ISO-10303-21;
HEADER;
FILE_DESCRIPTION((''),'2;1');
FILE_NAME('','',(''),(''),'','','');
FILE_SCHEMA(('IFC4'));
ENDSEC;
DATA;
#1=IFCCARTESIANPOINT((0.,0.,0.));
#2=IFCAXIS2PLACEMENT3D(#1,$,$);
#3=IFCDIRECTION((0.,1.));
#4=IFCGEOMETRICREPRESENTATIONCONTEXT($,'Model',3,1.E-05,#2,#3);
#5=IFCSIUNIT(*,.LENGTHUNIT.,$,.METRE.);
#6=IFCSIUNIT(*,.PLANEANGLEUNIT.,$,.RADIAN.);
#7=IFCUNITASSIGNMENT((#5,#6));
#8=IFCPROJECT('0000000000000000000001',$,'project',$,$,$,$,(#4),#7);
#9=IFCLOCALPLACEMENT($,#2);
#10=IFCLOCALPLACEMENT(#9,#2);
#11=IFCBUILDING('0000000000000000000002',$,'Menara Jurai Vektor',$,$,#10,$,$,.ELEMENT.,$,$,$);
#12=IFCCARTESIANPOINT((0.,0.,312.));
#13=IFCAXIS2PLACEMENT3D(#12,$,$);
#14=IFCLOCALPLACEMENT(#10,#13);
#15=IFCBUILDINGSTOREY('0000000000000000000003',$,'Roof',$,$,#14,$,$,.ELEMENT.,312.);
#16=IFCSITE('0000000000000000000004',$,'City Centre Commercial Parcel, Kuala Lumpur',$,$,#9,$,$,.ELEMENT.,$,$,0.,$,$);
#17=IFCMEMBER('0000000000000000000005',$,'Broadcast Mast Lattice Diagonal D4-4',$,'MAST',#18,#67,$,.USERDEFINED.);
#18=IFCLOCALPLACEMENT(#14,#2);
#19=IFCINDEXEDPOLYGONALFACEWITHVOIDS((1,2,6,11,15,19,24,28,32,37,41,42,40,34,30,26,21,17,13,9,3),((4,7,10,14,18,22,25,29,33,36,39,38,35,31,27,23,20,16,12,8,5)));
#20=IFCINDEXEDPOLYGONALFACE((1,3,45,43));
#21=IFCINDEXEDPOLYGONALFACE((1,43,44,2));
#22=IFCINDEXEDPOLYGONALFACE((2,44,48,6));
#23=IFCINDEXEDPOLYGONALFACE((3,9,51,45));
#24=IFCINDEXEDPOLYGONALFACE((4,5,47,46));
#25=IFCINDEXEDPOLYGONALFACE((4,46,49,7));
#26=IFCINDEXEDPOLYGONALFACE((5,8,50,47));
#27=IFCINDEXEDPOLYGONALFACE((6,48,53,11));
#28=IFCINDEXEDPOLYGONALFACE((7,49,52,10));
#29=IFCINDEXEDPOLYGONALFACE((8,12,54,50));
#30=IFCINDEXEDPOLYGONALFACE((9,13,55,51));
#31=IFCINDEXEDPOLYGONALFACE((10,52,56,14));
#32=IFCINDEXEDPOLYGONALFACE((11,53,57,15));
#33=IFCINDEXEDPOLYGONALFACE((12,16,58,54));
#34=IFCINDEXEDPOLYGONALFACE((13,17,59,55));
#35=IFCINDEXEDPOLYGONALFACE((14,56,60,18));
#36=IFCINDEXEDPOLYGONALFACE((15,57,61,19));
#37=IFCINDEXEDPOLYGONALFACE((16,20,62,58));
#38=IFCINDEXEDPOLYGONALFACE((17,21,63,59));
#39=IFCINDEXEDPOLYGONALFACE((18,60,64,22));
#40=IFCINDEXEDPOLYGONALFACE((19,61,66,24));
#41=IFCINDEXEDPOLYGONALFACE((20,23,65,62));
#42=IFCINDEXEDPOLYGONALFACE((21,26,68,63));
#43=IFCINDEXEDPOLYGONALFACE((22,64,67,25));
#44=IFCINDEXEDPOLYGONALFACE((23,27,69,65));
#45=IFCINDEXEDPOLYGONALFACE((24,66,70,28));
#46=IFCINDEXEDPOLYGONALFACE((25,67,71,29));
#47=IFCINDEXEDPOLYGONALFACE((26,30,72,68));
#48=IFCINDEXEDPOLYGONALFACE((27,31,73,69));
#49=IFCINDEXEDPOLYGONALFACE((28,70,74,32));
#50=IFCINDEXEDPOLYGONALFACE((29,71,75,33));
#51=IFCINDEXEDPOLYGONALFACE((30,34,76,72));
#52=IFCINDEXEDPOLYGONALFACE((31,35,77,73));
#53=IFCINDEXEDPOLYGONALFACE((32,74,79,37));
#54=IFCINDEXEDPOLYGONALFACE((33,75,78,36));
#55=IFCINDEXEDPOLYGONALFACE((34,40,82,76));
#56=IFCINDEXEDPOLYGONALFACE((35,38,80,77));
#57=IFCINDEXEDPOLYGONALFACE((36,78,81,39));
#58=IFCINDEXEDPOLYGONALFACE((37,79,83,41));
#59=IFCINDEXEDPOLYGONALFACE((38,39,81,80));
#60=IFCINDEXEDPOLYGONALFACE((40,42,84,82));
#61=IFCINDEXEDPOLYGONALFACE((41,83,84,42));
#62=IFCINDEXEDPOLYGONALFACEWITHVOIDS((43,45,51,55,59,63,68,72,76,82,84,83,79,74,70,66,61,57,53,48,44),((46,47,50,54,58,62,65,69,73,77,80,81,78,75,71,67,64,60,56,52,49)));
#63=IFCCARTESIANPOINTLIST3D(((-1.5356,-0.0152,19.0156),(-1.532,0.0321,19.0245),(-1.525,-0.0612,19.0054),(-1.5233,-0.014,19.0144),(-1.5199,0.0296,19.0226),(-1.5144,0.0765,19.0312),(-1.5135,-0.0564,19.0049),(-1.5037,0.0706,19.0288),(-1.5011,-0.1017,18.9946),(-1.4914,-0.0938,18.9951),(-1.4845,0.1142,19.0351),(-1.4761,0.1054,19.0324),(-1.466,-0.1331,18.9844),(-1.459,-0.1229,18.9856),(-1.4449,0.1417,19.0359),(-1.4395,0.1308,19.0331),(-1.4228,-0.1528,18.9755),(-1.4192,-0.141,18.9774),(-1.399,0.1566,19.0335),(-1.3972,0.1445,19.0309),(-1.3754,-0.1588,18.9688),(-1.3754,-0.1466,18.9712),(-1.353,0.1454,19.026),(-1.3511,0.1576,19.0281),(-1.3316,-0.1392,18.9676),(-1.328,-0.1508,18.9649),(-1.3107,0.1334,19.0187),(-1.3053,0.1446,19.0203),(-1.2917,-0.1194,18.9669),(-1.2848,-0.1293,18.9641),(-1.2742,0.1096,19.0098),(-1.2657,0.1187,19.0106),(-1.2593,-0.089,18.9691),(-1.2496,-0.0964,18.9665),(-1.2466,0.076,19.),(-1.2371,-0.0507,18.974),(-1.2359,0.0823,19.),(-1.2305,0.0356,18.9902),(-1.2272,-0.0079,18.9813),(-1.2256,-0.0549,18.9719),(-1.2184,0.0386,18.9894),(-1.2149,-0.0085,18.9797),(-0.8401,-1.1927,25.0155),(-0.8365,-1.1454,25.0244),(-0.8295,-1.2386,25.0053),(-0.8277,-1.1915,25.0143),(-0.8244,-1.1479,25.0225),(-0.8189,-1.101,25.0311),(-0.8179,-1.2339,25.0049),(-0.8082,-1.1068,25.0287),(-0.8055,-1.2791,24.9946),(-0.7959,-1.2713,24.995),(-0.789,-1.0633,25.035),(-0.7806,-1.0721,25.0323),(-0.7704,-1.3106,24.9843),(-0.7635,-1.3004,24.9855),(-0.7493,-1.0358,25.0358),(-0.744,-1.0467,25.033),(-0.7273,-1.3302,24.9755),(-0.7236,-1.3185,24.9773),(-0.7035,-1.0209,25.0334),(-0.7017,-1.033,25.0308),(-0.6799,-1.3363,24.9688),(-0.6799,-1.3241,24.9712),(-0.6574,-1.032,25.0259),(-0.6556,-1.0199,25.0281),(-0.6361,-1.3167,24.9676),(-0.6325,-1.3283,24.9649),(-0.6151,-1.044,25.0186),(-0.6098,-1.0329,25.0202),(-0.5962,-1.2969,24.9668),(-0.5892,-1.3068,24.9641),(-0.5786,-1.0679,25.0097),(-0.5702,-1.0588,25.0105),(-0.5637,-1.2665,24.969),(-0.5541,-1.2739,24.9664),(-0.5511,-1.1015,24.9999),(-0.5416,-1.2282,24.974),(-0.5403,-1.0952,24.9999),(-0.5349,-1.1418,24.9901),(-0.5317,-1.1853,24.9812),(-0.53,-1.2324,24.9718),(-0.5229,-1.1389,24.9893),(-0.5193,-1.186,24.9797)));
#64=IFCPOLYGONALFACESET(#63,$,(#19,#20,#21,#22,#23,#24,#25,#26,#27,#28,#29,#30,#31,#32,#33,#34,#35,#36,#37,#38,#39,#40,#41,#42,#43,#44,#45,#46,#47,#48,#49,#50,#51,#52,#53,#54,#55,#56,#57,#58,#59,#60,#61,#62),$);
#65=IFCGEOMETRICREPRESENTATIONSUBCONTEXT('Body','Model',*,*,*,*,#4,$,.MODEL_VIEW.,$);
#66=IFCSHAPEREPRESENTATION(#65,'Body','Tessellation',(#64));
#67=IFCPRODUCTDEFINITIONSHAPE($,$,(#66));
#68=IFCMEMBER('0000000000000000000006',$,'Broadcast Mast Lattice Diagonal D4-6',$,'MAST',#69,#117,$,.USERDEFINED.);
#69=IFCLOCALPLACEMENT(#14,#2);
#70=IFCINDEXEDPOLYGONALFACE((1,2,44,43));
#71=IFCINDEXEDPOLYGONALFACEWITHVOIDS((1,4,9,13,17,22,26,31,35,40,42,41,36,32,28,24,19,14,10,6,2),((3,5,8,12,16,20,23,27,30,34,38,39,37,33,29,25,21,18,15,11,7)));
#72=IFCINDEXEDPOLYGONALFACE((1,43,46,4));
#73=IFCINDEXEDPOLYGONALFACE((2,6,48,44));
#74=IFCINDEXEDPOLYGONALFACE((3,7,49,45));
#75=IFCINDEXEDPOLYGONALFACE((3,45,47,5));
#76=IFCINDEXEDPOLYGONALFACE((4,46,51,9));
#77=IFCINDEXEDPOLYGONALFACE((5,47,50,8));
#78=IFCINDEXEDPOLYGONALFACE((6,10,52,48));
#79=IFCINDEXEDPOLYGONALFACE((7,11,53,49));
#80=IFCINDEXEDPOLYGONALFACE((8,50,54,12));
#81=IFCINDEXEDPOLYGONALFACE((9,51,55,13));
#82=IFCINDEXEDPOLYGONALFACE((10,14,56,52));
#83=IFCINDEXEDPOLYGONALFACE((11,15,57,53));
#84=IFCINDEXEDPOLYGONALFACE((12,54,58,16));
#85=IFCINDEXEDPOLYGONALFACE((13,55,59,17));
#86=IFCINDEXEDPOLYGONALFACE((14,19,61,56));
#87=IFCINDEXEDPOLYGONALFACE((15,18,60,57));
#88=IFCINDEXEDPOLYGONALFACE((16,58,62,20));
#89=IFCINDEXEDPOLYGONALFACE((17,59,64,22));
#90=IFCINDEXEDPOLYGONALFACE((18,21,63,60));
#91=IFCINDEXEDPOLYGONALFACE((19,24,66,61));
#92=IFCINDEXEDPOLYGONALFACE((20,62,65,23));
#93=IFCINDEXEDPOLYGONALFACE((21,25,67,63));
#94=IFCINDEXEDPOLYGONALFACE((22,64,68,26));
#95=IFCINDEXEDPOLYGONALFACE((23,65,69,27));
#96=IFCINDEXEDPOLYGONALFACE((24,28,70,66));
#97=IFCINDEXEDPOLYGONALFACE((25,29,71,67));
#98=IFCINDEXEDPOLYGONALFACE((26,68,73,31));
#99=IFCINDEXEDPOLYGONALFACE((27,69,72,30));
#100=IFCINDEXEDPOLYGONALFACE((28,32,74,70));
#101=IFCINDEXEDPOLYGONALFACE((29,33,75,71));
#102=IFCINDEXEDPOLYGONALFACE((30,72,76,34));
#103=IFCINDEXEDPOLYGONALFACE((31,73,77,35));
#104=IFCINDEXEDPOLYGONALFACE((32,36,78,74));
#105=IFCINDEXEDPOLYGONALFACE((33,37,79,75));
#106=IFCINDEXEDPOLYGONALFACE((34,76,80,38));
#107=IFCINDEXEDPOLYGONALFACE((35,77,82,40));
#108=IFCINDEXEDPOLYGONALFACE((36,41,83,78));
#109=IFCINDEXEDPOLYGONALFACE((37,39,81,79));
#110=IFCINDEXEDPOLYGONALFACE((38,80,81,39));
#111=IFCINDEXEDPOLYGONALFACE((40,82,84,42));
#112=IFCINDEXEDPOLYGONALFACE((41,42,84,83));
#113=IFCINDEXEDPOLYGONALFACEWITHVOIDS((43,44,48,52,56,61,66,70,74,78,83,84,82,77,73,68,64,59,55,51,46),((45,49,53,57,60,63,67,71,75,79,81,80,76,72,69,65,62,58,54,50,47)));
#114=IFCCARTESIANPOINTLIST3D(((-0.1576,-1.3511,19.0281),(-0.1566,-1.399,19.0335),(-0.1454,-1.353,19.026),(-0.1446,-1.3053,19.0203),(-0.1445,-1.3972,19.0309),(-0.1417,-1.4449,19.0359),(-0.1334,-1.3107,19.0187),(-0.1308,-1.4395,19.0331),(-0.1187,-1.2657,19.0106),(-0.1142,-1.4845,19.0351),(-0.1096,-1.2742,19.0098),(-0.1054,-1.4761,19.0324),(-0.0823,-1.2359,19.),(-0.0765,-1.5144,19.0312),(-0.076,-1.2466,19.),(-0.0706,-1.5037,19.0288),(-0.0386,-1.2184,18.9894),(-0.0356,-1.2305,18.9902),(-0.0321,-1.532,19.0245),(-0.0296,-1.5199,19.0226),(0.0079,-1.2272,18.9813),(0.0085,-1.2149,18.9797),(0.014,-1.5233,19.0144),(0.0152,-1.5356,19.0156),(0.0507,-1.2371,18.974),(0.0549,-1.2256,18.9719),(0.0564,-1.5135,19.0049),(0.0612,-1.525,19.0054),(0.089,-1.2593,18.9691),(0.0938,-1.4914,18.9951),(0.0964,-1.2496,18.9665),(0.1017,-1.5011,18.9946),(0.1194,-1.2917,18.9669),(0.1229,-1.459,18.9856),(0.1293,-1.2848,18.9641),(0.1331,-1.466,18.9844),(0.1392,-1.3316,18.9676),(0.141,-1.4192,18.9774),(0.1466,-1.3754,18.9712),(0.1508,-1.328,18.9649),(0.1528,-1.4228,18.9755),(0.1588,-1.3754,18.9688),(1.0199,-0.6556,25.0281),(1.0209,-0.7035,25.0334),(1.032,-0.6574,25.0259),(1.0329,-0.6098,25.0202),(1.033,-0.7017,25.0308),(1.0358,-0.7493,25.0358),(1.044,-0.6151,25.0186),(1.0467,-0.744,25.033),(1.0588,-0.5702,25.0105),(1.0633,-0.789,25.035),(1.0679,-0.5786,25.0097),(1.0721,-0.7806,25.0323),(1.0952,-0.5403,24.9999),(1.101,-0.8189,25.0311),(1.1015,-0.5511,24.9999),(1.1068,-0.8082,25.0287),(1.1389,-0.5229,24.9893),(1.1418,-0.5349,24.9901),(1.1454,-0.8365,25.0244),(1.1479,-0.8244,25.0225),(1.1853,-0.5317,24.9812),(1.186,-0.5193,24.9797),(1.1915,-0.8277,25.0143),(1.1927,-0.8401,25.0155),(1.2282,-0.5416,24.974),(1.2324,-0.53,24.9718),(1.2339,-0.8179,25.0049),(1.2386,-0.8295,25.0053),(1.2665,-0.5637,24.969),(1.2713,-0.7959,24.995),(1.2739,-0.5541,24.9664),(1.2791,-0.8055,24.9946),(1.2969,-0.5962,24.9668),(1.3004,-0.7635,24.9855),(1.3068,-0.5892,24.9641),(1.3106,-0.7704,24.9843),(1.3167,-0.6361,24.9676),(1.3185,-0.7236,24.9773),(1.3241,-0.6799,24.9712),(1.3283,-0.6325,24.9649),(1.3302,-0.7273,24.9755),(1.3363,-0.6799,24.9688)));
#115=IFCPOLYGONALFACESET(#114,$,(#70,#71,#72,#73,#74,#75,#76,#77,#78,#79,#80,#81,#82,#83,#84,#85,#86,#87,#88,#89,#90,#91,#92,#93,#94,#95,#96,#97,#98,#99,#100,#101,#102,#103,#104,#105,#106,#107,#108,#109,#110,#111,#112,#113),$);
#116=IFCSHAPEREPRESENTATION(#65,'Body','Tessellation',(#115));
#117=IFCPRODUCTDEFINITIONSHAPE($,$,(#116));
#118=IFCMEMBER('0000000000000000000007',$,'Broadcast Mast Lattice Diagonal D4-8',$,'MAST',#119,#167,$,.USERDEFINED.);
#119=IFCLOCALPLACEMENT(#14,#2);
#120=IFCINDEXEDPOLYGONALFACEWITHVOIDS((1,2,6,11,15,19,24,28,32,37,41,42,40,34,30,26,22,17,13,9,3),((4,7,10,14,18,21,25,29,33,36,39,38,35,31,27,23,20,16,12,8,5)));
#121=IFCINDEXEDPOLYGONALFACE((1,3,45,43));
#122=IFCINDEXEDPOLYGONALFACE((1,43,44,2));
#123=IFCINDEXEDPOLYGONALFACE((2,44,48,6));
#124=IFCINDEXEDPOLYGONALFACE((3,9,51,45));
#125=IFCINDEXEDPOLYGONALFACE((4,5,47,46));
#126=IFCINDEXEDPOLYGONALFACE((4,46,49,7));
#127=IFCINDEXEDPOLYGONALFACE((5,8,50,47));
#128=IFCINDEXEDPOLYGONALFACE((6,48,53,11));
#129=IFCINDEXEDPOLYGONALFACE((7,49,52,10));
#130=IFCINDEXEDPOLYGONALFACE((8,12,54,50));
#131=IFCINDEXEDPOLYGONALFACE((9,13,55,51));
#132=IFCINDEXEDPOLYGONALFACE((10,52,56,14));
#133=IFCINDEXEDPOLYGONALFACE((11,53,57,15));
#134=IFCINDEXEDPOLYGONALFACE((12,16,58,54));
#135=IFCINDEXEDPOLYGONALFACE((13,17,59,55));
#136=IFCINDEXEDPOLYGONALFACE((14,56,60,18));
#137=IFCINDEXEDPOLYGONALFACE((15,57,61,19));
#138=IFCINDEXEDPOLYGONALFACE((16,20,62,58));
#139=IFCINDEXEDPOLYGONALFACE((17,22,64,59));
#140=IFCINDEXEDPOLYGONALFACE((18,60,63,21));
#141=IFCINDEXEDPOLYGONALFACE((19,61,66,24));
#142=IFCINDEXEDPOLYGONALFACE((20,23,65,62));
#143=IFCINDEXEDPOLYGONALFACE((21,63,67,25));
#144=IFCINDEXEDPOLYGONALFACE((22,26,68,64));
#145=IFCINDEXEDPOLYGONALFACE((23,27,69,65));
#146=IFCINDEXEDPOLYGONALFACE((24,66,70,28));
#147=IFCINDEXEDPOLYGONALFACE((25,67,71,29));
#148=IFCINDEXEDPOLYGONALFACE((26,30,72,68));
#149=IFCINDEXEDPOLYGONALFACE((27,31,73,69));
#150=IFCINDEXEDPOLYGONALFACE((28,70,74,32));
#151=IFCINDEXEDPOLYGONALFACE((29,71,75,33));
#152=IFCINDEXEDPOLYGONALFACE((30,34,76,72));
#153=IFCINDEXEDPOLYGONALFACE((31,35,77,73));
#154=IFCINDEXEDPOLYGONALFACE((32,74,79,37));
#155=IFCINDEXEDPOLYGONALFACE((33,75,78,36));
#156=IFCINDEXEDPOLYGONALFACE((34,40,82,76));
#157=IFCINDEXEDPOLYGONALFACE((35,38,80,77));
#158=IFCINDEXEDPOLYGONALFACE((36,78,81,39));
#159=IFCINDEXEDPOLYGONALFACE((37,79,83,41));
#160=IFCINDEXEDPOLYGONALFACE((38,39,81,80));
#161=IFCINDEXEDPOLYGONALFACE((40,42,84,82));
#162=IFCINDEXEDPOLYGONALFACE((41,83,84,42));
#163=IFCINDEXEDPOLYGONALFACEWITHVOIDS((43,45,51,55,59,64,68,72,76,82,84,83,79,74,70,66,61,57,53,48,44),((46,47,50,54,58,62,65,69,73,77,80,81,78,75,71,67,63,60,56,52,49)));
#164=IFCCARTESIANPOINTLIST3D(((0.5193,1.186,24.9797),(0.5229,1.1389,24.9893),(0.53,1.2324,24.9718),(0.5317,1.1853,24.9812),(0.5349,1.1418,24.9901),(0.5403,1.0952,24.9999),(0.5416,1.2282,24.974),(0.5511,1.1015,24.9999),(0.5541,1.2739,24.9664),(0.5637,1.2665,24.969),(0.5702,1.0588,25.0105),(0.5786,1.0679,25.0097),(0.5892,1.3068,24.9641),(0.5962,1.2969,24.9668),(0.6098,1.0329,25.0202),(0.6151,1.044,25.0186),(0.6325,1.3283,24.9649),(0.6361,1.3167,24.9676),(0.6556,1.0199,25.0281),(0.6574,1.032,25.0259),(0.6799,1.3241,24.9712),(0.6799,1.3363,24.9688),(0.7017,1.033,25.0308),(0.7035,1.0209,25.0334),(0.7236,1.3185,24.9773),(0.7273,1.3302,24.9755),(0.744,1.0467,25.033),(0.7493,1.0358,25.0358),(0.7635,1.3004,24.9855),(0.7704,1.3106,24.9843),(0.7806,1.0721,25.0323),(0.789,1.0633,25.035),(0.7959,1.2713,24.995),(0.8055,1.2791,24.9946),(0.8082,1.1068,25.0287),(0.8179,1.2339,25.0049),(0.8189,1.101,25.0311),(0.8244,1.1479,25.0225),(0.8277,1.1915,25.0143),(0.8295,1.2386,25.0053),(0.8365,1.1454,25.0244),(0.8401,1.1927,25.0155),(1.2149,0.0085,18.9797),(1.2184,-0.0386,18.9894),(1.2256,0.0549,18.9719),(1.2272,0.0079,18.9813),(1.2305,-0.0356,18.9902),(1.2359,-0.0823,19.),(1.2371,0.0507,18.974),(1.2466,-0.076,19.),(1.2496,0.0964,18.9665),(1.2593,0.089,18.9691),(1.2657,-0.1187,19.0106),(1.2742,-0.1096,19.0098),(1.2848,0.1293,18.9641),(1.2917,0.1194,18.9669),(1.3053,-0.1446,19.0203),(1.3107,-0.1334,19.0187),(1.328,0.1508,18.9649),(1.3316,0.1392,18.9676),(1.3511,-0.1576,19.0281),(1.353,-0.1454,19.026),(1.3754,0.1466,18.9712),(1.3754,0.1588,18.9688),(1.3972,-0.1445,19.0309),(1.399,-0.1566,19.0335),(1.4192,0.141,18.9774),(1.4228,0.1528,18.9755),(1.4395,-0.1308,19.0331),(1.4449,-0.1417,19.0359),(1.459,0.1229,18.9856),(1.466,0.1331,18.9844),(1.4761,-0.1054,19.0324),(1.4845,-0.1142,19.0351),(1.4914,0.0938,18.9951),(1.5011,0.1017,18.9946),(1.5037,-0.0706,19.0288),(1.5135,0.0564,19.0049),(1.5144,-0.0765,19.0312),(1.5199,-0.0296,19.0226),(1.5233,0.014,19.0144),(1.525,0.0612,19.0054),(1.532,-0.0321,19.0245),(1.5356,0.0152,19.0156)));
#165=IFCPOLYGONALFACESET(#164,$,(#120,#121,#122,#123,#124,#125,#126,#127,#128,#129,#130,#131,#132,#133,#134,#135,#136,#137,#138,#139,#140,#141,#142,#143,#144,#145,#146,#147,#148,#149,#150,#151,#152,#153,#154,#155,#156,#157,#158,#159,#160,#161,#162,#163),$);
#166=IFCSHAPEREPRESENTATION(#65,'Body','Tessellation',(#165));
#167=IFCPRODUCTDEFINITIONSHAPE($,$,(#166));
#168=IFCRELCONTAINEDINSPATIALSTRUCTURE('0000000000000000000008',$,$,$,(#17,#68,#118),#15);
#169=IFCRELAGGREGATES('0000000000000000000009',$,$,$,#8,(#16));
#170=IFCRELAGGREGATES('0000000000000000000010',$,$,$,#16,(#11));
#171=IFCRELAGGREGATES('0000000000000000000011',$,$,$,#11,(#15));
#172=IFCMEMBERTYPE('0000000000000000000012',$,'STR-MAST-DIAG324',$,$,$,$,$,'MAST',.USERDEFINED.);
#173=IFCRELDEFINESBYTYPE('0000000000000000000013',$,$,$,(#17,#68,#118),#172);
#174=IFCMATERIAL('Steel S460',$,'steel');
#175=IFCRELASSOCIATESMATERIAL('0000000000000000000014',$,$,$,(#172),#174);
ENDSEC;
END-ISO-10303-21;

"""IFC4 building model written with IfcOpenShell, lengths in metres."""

from ifc_helpers import new_model, si_unit, direction, frame, origin, origin_2d, place, context, subcontext, project, spatial, hollow_circle, extrude, material, material_profile, profile_set, type_object, element, save


model = new_model("IFC4")

# Units and contexts
model_context = context("Model", 3, precision=1e-05, world=origin(), true_north=direction((0.0, 1.0)))
body_context = subcontext(model_context, "Body", "Model", "MODEL_VIEW")
ifc_project = project(units=[si_unit("LENGTHUNIT", "METRE"), si_unit("PLANEANGLEUNIT", "RADIAN")], contexts=[model_context])

# Site, building, storey
site_placement = place(None, origin())
site = spatial("IfcSite", under=ifc_project, at=site_placement, Name="City Centre Commercial Parcel, Kuala Lumpur", CompositionType="ELEMENT", RefElevation=0.0)
building_placement = place(site_placement, origin())
building = spatial("IfcBuilding", under=site, at=building_placement, Name="Menara Jurai Vektor", CompositionType="ELEMENT")
storey_placement = place(building_placement, frame((0.0, 0.0, 312.0)))
storey = spatial("IfcBuildingStorey", under=building, at=storey_placement, Name="Roof", CompositionType="ELEMENT", Elevation=312.0)

# Members
ifc_material = material(Name="Steel S460", Category="steel")
ifc_material_profile_1 = material_profile(ifc_material, hollow_circle(Radius=0.1619, WallThickness=0.0125, at=origin_2d()), Name="CHS 323.9x12.5")
ifc_profile_set_1 = profile_set([ifc_material_profile_1], Name="Steel S460")
member_type_1 = type_object("IfcMemberType", Name="STR-MAST-DIAG324", ElementType="MAST", PredefinedType="USERDEFINED", material=ifc_profile_set_1)
for number, where, z_axis, x_axis, name in (
    (1, (-1.3752, 0.0, 19.0), (0.113027, -0.191341, 0.974994), (0.861001, 0.508603, 0.0), "Broadcast Mast Lattice Diagonal D4-4"),
    (2, (0.0, -1.3752, 19.0), (0.191341, 0.113027, 0.974994), (-0.508603, 0.861001, 0.0), "Broadcast Mast Lattice Diagonal D4-6"),
    (3, (1.3752, 0.0, 19.0), (-0.113027, 0.191341, 0.974994), (-0.861001, -0.508603, 0.0), "Broadcast Mast Lattice Diagonal D4-8"),
):
    element("IfcMember", number, at=place(storey_placement, frame(where, z_axis=z_axis, x_axis=x_axis)), inside=storey, type_object=member_type_1, Name=name, ObjectType="MAST", PredefinedType="USERDEFINED", context=body_context, shape_type="SweptSolid", body=[
        extrude(hollow_circle(Radius=0.1619, WallThickness=0.0125, at=origin_2d()), origin(), (0.0, 0.0, 1.0), 6.1538),
    ])

save(model, "model.ifc")
